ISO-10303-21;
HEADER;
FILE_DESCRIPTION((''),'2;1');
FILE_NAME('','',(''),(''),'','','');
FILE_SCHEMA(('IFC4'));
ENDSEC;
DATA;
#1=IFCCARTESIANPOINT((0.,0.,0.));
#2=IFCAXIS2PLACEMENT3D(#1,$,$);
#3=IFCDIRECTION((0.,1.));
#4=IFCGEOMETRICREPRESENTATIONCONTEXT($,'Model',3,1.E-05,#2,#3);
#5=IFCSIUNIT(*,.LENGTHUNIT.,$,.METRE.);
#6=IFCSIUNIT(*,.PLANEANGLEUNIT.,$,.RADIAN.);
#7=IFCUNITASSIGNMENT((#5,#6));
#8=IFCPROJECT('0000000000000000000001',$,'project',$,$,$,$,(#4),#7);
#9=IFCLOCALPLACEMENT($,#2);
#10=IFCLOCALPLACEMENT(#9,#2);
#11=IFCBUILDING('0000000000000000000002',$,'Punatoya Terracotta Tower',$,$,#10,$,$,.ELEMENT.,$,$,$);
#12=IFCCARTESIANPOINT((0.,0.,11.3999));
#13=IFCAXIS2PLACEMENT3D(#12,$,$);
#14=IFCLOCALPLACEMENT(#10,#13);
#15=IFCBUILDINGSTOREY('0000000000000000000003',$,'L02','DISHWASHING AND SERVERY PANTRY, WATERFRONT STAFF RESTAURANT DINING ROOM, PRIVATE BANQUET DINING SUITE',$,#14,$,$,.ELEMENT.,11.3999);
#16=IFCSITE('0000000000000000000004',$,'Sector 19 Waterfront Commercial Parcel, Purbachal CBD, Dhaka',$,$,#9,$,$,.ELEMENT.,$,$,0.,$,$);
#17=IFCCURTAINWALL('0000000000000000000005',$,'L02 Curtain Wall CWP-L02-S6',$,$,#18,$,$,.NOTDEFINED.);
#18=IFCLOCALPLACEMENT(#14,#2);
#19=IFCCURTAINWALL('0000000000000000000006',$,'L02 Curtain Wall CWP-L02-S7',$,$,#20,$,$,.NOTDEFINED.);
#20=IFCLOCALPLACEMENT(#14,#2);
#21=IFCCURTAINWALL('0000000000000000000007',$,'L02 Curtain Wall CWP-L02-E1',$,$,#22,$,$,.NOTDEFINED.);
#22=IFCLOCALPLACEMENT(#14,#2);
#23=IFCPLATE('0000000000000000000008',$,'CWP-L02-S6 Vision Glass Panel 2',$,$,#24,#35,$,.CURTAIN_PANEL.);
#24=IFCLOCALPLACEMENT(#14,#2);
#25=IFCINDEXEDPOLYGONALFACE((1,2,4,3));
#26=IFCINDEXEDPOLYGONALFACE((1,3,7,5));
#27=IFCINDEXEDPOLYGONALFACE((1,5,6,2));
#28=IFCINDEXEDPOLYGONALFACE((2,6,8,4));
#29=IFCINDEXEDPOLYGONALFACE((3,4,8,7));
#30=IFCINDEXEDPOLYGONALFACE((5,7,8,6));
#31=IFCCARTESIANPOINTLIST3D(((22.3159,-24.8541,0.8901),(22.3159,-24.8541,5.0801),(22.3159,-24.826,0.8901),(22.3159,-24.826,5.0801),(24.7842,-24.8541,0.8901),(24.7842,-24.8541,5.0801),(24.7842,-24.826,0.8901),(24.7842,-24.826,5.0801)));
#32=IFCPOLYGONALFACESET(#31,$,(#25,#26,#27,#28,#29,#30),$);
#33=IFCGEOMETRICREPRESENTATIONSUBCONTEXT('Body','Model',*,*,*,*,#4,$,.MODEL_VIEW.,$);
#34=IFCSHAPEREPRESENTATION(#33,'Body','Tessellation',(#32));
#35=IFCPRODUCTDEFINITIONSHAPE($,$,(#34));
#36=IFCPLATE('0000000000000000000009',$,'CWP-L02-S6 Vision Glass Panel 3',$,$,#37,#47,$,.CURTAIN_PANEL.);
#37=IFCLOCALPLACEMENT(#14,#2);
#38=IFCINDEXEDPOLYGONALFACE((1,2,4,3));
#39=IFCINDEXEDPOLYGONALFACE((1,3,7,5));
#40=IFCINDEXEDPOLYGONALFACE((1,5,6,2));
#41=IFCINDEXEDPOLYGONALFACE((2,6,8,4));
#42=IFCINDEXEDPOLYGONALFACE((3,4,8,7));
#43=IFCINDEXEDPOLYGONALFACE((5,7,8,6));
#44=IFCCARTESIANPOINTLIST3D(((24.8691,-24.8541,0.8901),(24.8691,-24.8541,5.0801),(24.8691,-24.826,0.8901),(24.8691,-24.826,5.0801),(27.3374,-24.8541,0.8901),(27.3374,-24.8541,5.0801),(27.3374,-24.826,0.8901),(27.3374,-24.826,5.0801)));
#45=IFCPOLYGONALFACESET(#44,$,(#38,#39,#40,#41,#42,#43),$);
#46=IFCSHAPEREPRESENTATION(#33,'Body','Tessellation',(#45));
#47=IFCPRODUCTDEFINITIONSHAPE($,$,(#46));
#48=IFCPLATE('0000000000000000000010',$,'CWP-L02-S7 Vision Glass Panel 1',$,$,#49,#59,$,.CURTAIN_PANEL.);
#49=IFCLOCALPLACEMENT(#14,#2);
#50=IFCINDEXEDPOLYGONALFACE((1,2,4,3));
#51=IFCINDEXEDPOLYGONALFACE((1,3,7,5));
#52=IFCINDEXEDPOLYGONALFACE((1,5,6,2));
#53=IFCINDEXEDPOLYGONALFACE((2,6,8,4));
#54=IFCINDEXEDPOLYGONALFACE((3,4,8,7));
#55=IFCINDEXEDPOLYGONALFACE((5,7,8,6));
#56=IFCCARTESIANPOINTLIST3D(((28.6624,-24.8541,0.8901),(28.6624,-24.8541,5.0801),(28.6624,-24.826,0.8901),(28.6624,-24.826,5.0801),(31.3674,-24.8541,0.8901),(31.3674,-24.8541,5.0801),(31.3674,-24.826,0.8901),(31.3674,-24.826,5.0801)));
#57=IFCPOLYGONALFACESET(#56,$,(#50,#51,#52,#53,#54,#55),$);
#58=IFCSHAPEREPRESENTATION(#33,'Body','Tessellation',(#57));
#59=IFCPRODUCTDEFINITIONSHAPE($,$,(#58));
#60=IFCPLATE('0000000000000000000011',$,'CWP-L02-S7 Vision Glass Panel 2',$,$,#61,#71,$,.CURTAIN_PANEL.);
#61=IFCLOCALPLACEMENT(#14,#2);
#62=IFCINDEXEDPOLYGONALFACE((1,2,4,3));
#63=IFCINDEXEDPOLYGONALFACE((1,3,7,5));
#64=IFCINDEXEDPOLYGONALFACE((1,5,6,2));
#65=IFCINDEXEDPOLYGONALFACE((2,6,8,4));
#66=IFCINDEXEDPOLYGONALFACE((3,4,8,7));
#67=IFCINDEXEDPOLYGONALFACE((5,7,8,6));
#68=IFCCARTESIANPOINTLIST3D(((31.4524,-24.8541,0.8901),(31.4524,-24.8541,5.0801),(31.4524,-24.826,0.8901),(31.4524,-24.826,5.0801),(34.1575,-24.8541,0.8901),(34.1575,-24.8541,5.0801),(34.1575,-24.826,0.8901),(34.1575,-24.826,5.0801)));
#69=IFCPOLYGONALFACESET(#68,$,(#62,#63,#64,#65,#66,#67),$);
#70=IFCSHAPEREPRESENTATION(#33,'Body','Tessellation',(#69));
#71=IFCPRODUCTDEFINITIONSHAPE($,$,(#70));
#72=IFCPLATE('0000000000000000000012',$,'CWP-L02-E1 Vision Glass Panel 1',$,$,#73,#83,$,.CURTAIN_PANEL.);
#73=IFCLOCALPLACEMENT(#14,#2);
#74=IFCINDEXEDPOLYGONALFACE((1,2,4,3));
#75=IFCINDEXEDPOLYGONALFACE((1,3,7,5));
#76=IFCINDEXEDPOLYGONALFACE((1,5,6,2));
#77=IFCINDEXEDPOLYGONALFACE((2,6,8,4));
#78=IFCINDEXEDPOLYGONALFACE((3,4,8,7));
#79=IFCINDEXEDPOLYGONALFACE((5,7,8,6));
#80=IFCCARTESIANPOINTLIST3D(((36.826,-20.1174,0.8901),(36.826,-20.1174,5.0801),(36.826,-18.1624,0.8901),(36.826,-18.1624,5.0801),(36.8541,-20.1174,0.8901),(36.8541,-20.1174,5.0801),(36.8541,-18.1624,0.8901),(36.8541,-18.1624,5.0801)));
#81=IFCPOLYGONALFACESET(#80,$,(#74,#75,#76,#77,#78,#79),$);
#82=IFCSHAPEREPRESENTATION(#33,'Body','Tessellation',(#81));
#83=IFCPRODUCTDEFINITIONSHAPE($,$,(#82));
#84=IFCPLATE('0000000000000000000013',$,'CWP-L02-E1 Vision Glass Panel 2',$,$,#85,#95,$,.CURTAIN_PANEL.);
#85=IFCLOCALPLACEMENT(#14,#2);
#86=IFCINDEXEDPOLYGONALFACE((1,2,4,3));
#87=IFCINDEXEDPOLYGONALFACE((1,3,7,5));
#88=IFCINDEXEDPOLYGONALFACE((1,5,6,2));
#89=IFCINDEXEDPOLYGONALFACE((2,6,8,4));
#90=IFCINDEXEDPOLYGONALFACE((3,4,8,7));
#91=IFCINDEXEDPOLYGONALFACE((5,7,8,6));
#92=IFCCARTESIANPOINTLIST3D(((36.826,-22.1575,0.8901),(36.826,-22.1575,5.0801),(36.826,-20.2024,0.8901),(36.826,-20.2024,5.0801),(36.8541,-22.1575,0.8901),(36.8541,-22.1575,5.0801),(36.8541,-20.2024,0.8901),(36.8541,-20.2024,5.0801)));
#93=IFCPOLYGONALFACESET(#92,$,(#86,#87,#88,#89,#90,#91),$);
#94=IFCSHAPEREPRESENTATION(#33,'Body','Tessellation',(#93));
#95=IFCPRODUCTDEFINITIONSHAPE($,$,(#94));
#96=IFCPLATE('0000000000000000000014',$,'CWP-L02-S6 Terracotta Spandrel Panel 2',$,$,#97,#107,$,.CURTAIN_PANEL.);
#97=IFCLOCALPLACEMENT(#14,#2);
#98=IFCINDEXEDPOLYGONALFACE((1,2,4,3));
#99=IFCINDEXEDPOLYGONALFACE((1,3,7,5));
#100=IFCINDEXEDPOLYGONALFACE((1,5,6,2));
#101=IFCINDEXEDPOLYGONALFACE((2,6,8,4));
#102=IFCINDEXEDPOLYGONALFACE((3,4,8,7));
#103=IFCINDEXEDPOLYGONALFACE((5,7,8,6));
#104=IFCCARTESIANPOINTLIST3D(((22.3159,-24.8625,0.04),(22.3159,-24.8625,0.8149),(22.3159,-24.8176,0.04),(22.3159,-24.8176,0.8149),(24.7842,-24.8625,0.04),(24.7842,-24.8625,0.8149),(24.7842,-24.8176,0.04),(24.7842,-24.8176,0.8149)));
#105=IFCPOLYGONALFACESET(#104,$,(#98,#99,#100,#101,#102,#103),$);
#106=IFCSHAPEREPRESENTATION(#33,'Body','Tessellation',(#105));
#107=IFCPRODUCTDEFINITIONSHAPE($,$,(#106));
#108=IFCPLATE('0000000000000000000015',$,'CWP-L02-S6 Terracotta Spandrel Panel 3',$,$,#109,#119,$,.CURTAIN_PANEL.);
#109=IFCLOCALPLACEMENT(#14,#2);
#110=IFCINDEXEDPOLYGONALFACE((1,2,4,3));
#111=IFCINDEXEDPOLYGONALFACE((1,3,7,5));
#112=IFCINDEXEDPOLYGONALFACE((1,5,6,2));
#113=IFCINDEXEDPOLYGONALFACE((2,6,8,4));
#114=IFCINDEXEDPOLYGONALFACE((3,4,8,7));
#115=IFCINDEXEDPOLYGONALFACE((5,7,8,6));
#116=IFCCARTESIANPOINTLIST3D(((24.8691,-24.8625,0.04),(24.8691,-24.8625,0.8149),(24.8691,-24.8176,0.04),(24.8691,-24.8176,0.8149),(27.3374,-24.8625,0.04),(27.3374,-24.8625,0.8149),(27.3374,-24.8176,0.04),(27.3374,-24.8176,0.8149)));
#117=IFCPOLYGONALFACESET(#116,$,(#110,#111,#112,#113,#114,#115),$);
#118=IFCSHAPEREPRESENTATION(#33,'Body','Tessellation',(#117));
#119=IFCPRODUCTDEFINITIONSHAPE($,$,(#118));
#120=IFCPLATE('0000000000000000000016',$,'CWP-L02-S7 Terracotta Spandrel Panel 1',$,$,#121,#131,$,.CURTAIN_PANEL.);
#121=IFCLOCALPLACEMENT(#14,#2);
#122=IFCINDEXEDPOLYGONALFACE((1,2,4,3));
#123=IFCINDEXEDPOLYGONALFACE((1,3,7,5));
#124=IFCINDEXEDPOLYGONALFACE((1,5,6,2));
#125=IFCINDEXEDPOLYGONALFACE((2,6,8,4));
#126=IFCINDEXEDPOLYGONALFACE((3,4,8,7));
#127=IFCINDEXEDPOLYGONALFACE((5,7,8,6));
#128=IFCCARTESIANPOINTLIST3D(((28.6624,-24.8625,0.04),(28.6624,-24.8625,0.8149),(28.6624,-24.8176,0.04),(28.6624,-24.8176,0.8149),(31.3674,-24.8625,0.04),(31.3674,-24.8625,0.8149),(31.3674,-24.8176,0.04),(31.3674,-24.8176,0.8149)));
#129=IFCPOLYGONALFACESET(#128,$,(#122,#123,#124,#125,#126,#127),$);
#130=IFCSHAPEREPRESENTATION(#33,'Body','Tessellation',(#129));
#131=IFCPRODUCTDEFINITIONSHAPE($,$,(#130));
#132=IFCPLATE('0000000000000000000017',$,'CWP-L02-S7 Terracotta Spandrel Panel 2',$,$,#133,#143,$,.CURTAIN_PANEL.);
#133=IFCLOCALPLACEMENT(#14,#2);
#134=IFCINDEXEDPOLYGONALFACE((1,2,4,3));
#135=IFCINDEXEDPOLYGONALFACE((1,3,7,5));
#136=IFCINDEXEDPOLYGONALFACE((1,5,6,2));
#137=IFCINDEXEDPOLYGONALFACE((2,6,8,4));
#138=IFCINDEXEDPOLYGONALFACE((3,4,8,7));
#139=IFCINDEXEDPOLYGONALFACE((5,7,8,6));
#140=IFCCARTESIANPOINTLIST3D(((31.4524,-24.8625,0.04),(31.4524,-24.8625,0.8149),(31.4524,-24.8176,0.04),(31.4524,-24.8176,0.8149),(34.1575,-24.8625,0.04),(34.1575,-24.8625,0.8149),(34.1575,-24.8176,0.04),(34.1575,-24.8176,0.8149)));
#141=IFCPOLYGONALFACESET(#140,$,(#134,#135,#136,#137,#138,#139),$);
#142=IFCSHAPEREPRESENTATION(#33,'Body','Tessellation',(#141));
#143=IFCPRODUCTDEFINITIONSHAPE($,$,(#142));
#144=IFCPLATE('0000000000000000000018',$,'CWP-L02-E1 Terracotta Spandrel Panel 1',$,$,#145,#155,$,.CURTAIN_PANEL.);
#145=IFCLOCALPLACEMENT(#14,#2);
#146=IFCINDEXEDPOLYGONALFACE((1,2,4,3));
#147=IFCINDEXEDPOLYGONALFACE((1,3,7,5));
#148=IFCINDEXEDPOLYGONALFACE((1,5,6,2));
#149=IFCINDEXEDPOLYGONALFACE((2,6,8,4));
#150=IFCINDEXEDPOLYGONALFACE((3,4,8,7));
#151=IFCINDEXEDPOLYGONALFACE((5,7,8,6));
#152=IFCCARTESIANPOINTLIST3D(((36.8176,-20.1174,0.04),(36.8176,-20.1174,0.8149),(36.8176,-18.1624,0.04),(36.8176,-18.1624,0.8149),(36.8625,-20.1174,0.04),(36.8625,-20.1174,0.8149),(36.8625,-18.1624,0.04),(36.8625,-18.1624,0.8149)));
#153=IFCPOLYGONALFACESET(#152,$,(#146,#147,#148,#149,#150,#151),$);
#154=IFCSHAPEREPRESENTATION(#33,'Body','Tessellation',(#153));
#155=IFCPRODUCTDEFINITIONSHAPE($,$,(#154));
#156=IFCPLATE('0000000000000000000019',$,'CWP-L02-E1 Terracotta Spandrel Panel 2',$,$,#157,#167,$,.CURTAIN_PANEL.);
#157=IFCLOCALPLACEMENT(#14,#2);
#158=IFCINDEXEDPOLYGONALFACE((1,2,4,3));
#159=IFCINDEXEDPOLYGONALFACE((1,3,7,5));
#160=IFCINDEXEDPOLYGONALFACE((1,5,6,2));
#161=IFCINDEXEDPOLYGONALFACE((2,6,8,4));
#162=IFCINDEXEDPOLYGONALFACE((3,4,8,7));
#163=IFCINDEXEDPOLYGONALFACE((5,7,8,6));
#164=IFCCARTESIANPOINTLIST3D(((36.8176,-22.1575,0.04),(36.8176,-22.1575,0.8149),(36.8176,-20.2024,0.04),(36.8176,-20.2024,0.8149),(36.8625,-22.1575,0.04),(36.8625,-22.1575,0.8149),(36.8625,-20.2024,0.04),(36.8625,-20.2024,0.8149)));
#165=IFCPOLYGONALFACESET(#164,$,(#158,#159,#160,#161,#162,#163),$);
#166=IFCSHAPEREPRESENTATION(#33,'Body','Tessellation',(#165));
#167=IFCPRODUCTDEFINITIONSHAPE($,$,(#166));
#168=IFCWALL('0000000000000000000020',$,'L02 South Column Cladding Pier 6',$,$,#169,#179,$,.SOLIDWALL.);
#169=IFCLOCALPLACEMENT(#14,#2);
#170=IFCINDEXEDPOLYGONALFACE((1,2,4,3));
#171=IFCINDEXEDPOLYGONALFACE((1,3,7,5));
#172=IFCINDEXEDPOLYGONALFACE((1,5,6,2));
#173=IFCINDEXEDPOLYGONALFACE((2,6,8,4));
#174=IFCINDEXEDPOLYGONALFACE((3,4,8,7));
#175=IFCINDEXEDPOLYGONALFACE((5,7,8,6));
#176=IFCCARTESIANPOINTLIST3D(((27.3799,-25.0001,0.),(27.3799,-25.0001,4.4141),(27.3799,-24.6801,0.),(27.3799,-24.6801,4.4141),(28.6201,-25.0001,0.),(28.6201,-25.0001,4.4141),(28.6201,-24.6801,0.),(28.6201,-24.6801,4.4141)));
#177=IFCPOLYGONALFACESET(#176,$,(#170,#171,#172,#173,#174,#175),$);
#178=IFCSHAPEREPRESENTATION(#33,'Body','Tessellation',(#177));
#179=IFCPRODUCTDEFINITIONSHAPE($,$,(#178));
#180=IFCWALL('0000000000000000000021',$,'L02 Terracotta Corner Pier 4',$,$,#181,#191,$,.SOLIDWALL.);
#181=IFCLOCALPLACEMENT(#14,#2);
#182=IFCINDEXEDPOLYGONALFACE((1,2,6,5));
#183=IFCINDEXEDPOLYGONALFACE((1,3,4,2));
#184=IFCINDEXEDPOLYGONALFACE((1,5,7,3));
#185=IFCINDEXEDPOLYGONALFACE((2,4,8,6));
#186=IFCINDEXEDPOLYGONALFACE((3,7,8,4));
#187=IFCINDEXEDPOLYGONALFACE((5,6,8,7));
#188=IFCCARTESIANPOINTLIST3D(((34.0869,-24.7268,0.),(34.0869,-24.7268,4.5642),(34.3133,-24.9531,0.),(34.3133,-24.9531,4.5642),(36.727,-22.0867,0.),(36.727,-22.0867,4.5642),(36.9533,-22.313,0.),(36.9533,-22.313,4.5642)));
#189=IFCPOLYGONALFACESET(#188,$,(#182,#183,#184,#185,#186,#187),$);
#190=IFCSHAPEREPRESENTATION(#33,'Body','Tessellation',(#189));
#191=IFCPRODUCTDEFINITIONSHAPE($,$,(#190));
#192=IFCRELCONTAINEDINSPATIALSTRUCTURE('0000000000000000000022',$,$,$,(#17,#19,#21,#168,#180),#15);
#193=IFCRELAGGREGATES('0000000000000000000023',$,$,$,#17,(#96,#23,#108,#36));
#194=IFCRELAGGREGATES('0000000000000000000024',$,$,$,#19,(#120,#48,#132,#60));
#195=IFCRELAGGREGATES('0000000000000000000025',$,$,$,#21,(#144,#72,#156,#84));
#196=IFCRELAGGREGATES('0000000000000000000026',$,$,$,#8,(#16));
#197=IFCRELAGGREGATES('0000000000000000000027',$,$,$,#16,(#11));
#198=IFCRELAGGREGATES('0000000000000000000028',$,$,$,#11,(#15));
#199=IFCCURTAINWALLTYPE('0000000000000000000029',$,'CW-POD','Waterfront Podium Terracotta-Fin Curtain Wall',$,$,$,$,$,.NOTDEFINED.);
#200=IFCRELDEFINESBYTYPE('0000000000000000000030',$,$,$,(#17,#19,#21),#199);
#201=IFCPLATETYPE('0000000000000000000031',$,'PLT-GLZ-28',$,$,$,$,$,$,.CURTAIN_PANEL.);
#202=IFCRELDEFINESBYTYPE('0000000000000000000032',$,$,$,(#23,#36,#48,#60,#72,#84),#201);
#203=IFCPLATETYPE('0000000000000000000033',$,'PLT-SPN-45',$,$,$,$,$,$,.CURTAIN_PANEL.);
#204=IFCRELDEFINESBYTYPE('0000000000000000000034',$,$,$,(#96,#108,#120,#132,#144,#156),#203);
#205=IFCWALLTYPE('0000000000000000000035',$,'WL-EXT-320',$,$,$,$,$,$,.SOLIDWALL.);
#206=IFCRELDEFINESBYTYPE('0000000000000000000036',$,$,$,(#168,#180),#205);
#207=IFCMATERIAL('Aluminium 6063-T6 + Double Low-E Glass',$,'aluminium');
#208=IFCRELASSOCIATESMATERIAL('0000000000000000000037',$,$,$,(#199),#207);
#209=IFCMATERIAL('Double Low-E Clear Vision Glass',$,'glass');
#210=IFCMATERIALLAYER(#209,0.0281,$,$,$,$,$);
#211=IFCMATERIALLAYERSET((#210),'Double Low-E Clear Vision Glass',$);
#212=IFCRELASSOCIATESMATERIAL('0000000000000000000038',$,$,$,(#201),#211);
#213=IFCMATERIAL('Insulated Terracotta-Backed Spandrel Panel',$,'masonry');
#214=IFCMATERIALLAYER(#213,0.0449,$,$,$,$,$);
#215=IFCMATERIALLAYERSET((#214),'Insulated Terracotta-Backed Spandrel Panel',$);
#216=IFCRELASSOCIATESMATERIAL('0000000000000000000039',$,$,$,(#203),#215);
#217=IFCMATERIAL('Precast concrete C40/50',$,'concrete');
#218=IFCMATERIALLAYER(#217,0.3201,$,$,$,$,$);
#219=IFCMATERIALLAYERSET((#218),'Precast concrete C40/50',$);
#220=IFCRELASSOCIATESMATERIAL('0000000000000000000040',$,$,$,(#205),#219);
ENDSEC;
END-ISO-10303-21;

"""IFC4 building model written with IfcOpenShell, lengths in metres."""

from ifc_helpers import new_model, si_unit, direction, frame, frame_2d, origin, origin_2d, place, context, subcontext, project, spatial, rectangle, extrude, material, layer, layer_set, type_object, element, aggregate, save


model = new_model("IFC4")

# Units and contexts
model_context = context("Model", 3, precision=1e-05, world=origin(), true_north=direction((0.0, 1.0)))
body_context = subcontext(model_context, "Body", "Model", "MODEL_VIEW")
ifc_project = project(units=[si_unit("LENGTHUNIT", "METRE"), si_unit("PLANEANGLEUNIT", "RADIAN")], contexts=[model_context])

# Site, building, storey
site_placement = place(None, origin())
site = spatial("IfcSite", under=ifc_project, at=site_placement, Name="Sector 19 Waterfront Commercial Parcel, Purbachal CBD, Dhaka", CompositionType="ELEMENT", RefElevation=0.0)
building_placement = place(site_placement, origin())
building = spatial("IfcBuilding", under=site, at=building_placement, Name="Punatoya Terracotta Tower", CompositionType="ELEMENT")
storey_placement = place(building_placement, frame((0.0, 0.0, 11.3999)))
storey = spatial("IfcBuildingStorey", under=building, at=storey_placement, Name="L02", Description="DISHWASHING AND SERVERY PANTRY, WATERFRONT STAFF RESTAURANT DINING ROOM, PRIVATE BANQUET DINING SUITE", CompositionType="ELEMENT", Elevation=11.3999)

# Curtain walls
ifc_material_1 = material(Name="Aluminium 6063-T6 + Double Low-E Glass", Category="aluminium")
curtain_wall_type = type_object("IfcCurtainWallType", Name="CW-POD", Description="Waterfront Podium Terracotta-Fin Curtain Wall", PredefinedType="NOTDEFINED", material=ifc_material_1)
curtain_wall_1_placement = place(storey_placement, origin())
curtain_wall_1 = element("IfcCurtainWall", 1, at=curtain_wall_1_placement, inside=storey, type_object=curtain_wall_type, Name="L02 Curtain Wall CWP-L02-S6", PredefinedType="NOTDEFINED")
curtain_wall_2_placement = place(storey_placement, origin())
curtain_wall_2 = element("IfcCurtainWall", 2, at=curtain_wall_2_placement, inside=storey, type_object=curtain_wall_type, Name="L02 Curtain Wall CWP-L02-S7", PredefinedType="NOTDEFINED")
curtain_wall_3_placement = place(storey_placement, origin())
curtain_wall_3 = element("IfcCurtainWall", 3, at=curtain_wall_3_placement, inside=storey, type_object=curtain_wall_type, Name="L02 Curtain Wall CWP-L02-E1", PredefinedType="NOTDEFINED")

# Plates
ifc_material_2 = material(Name="Double Low-E Clear Vision Glass", Category="glass")
ifc_layer_1 = layer(ifc_material_2, 0.0281)
ifc_layer_set_1 = layer_set([ifc_layer_1], Name="Double Low-E Clear Vision Glass")
plate_type_1 = type_object("IfcPlateType", Name="PLT-GLZ-28", PredefinedType="CURTAIN_PANEL", material=ifc_layer_set_1)
plate_1_placement = place(storey_placement, frame((23.55, -24.8401, 0.8901), z_axis=(0.0, 0.0, 1.0), x_axis=(1.0, 0.0, 0.0)))
plate_1 = element("IfcPlate", 4, at=plate_1_placement, type_object=plate_type_1, Name="CWP-L02-S6 Vision Glass Panel 2", PredefinedType="CURTAIN_PANEL", context=body_context, shape_type="SweptSolid", body=[
    extrude(rectangle(XDim=2.4683, YDim=0.0281, at=origin_2d()), origin(), (0.0, 0.0, 1.0), 4.1899),
])
plate_2_placement = place(storey_placement, frame((26.1033, -24.8401, 0.8901), z_axis=(0.0, 0.0, 1.0), x_axis=(1.0, 0.0, 0.0)))
plate_2 = element("IfcPlate", 5, at=plate_2_placement, type_object=plate_type_1, Name="CWP-L02-S6 Vision Glass Panel 3", PredefinedType="CURTAIN_PANEL", context=body_context, shape_type="SweptSolid", body=[
    extrude(rectangle(XDim=2.4683, YDim=0.0281, at=origin_2d()), origin(), (0.0, 0.0, 1.0), 4.1899),
])
plate_3_placement = place(storey_placement, frame((30.0149, -24.8401, 0.8901), z_axis=(0.0, 0.0, 1.0), x_axis=(1.0, 0.0, 0.0)))
plate_3 = element("IfcPlate", 6, at=plate_3_placement, type_object=plate_type_1, Name="CWP-L02-S7 Vision Glass Panel 1", PredefinedType="CURTAIN_PANEL", context=body_context, shape_type="SweptSolid", body=[
    extrude(rectangle(XDim=2.7051, YDim=0.0281, at=origin_2d()), origin(), (0.0, 0.0, 1.0), 4.1899),
])
plate_4_placement = place(storey_placement, frame((32.8049, -24.8401, 0.8901), z_axis=(0.0, 0.0, 1.0), x_axis=(1.0, 0.0, 0.0)))
plate_4 = element("IfcPlate", 7, at=plate_4_placement, type_object=plate_type_1, Name="CWP-L02-S7 Vision Glass Panel 2", PredefinedType="CURTAIN_PANEL", context=body_context, shape_type="SweptSolid", body=[
    extrude(rectangle(XDim=2.7051, YDim=0.0281, at=origin_2d()), origin(), (0.0, 0.0, 1.0), 4.1899),
])
plate_5_placement = place(storey_placement, frame((36.8401, -19.1399, 0.8901), z_axis=(0.0, 0.0, 1.0), x_axis=(0.0, -1.0, 0.0)))
plate_5 = element("IfcPlate", 8, at=plate_5_placement, type_object=plate_type_1, Name="CWP-L02-E1 Vision Glass Panel 1", PredefinedType="CURTAIN_PANEL", context=body_context, shape_type="SweptSolid", body=[
    extrude(rectangle(XDim=1.9551, YDim=0.0281, at=origin_2d()), origin(), (0.0, 0.0, 1.0), 4.1899),
])
plate_6_placement = place(storey_placement, frame((36.8401, -21.1799, 0.8901), z_axis=(0.0, 0.0, 1.0), x_axis=(0.0, -1.0, 0.0)))
plate_6 = element("IfcPlate", 9, at=plate_6_placement, type_object=plate_type_1, Name="CWP-L02-E1 Vision Glass Panel 2", PredefinedType="CURTAIN_PANEL", context=body_context, shape_type="SweptSolid", body=[
    extrude(rectangle(XDim=1.9551, YDim=0.0281, at=origin_2d()), origin(), (0.0, 0.0, 1.0), 4.1899),
])
ifc_material_3 = material(Name="Insulated Terracotta-Backed Spandrel Panel", Category="masonry")
ifc_layer_2 = layer(ifc_material_3, 0.0449)
ifc_layer_set_2 = layer_set([ifc_layer_2], Name="Insulated Terracotta-Backed Spandrel Panel")
plate_type_2 = type_object("IfcPlateType", Name="PLT-SPN-45", PredefinedType="CURTAIN_PANEL", material=ifc_layer_set_2)
plate_7_placement = place(storey_placement, frame((23.55, -24.8401, 0.04), z_axis=(0.0, 0.0, 1.0), x_axis=(1.0, 0.0, 0.0)))
plate_7 = element("IfcPlate", 10, at=plate_7_placement, type_object=plate_type_2, Name="CWP-L02-S6 Terracotta Spandrel Panel 2", PredefinedType="CURTAIN_PANEL", context=body_context, shape_type="SweptSolid", body=[
    extrude(rectangle(XDim=2.4683, YDim=0.0449, at=origin_2d()), origin(), (0.0, 0.0, 1.0), 0.7749),
])
plate_8_placement = place(storey_placement, frame((26.1033, -24.8401, 0.04), z_axis=(0.0, 0.0, 1.0), x_axis=(1.0, 0.0, 0.0)))
plate_8 = element("IfcPlate", 11, at=plate_8_placement, type_object=plate_type_2, Name="CWP-L02-S6 Terracotta Spandrel Panel 3", PredefinedType="CURTAIN_PANEL", context=body_context, shape_type="SweptSolid", body=[
    extrude(rectangle(XDim=2.4683, YDim=0.0449, at=origin_2d()), origin(), (0.0, 0.0, 1.0), 0.7749),
])
aggregate(curtain_wall_1, [plate_7, plate_1, plate_8, plate_2])
plate_9_placement = place(storey_placement, frame((30.0149, -24.8401, 0.04), z_axis=(0.0, 0.0, 1.0), x_axis=(1.0, 0.0, 0.0)))
plate_9 = element("IfcPlate", 12, at=plate_9_placement, type_object=plate_type_2, Name="CWP-L02-S7 Terracotta Spandrel Panel 1", PredefinedType="CURTAIN_PANEL", context=body_context, shape_type="SweptSolid", body=[
    extrude(rectangle(XDim=2.7051, YDim=0.0449, at=origin_2d()), origin(), (0.0, 0.0, 1.0), 0.7749),
])
plate_10_placement = place(storey_placement, frame((32.8049, -24.8401, 0.04), z_axis=(0.0, 0.0, 1.0), x_axis=(1.0, 0.0, 0.0)))
plate_10 = element("IfcPlate", 13, at=plate_10_placement, type_object=plate_type_2, Name="CWP-L02-S7 Terracotta Spandrel Panel 2", PredefinedType="CURTAIN_PANEL", context=body_context, shape_type="SweptSolid", body=[
    extrude(rectangle(XDim=2.7051, YDim=0.0449, at=origin_2d()), origin(), (0.0, 0.0, 1.0), 0.7749),
])
aggregate(curtain_wall_2, [plate_9, plate_3, plate_10, plate_4])
plate_11_placement = place(storey_placement, frame((36.8401, -19.1399, 0.04), z_axis=(0.0, 0.0, 1.0), x_axis=(0.0, -1.0, 0.0)))
plate_11 = element("IfcPlate", 14, at=plate_11_placement, type_object=plate_type_2, Name="CWP-L02-E1 Terracotta Spandrel Panel 1", PredefinedType="CURTAIN_PANEL", context=body_context, shape_type="SweptSolid", body=[
    extrude(rectangle(XDim=1.9551, YDim=0.0449, at=origin_2d()), origin(), (0.0, 0.0, 1.0), 0.7749),
])
plate_12_placement = place(storey_placement, frame((36.8401, -21.1799, 0.04), z_axis=(0.0, 0.0, 1.0), x_axis=(0.0, -1.0, 0.0)))
plate_12 = element("IfcPlate", 15, at=plate_12_placement, type_object=plate_type_2, Name="CWP-L02-E1 Terracotta Spandrel Panel 2", PredefinedType="CURTAIN_PANEL", context=body_context, shape_type="SweptSolid", body=[
    extrude(rectangle(XDim=1.9551, YDim=0.0449, at=origin_2d()), origin(), (0.0, 0.0, 1.0), 0.7749),
])
aggregate(curtain_wall_3, [plate_11, plate_5, plate_12, plate_6])

# Walls
ifc_material_4 = material(Name="Precast concrete C40/50", Category="concrete")
ifc_layer_3 = layer(ifc_material_4, 0.3201)
ifc_layer_set_3 = layer_set([ifc_layer_3], Name="Precast concrete C40/50")
wall_type = type_object("IfcWallType", Name="WL-EXT-320", PredefinedType="SOLIDWALL", material=ifc_layer_set_3)
wall_1_placement = place(storey_placement, frame((27.3799, -24.8401, 0.0), z_axis=(0.0, 0.0, 1.0), x_axis=(1.0, 0.0, 0.0)))
element("IfcWall", 16, at=wall_1_placement, inside=storey, type_object=wall_type, Name="L02 South Column Cladding Pier 6", PredefinedType="SOLIDWALL", context=body_context, shape_type="SweptSolid", body=[
    extrude(rectangle(XDim=1.2402, YDim=0.3201, at=frame_2d((0.6201, 0.0))), origin(), (0.0, 0.0, 1.0), 4.4141),
])
wall_2_placement = place(storey_placement, frame((36.8401, -22.2, 0.0), z_axis=(0.0, 0.0, 1.0), x_axis=(-0.707107, -0.707107, 0.0)))
element("IfcWall", 17, at=wall_2_placement, inside=storey, type_object=wall_type, Name="L02 Terracotta Corner Pier 4", PredefinedType="SOLIDWALL", context=body_context, shape_type="SweptSolid", body=[
    extrude(rectangle(XDim=3.7336, YDim=0.3201, at=frame_2d((1.8667, 0.0))), origin(), (0.0, 0.0, 1.0), 4.5642),
])

save(model, "model.ifc")
